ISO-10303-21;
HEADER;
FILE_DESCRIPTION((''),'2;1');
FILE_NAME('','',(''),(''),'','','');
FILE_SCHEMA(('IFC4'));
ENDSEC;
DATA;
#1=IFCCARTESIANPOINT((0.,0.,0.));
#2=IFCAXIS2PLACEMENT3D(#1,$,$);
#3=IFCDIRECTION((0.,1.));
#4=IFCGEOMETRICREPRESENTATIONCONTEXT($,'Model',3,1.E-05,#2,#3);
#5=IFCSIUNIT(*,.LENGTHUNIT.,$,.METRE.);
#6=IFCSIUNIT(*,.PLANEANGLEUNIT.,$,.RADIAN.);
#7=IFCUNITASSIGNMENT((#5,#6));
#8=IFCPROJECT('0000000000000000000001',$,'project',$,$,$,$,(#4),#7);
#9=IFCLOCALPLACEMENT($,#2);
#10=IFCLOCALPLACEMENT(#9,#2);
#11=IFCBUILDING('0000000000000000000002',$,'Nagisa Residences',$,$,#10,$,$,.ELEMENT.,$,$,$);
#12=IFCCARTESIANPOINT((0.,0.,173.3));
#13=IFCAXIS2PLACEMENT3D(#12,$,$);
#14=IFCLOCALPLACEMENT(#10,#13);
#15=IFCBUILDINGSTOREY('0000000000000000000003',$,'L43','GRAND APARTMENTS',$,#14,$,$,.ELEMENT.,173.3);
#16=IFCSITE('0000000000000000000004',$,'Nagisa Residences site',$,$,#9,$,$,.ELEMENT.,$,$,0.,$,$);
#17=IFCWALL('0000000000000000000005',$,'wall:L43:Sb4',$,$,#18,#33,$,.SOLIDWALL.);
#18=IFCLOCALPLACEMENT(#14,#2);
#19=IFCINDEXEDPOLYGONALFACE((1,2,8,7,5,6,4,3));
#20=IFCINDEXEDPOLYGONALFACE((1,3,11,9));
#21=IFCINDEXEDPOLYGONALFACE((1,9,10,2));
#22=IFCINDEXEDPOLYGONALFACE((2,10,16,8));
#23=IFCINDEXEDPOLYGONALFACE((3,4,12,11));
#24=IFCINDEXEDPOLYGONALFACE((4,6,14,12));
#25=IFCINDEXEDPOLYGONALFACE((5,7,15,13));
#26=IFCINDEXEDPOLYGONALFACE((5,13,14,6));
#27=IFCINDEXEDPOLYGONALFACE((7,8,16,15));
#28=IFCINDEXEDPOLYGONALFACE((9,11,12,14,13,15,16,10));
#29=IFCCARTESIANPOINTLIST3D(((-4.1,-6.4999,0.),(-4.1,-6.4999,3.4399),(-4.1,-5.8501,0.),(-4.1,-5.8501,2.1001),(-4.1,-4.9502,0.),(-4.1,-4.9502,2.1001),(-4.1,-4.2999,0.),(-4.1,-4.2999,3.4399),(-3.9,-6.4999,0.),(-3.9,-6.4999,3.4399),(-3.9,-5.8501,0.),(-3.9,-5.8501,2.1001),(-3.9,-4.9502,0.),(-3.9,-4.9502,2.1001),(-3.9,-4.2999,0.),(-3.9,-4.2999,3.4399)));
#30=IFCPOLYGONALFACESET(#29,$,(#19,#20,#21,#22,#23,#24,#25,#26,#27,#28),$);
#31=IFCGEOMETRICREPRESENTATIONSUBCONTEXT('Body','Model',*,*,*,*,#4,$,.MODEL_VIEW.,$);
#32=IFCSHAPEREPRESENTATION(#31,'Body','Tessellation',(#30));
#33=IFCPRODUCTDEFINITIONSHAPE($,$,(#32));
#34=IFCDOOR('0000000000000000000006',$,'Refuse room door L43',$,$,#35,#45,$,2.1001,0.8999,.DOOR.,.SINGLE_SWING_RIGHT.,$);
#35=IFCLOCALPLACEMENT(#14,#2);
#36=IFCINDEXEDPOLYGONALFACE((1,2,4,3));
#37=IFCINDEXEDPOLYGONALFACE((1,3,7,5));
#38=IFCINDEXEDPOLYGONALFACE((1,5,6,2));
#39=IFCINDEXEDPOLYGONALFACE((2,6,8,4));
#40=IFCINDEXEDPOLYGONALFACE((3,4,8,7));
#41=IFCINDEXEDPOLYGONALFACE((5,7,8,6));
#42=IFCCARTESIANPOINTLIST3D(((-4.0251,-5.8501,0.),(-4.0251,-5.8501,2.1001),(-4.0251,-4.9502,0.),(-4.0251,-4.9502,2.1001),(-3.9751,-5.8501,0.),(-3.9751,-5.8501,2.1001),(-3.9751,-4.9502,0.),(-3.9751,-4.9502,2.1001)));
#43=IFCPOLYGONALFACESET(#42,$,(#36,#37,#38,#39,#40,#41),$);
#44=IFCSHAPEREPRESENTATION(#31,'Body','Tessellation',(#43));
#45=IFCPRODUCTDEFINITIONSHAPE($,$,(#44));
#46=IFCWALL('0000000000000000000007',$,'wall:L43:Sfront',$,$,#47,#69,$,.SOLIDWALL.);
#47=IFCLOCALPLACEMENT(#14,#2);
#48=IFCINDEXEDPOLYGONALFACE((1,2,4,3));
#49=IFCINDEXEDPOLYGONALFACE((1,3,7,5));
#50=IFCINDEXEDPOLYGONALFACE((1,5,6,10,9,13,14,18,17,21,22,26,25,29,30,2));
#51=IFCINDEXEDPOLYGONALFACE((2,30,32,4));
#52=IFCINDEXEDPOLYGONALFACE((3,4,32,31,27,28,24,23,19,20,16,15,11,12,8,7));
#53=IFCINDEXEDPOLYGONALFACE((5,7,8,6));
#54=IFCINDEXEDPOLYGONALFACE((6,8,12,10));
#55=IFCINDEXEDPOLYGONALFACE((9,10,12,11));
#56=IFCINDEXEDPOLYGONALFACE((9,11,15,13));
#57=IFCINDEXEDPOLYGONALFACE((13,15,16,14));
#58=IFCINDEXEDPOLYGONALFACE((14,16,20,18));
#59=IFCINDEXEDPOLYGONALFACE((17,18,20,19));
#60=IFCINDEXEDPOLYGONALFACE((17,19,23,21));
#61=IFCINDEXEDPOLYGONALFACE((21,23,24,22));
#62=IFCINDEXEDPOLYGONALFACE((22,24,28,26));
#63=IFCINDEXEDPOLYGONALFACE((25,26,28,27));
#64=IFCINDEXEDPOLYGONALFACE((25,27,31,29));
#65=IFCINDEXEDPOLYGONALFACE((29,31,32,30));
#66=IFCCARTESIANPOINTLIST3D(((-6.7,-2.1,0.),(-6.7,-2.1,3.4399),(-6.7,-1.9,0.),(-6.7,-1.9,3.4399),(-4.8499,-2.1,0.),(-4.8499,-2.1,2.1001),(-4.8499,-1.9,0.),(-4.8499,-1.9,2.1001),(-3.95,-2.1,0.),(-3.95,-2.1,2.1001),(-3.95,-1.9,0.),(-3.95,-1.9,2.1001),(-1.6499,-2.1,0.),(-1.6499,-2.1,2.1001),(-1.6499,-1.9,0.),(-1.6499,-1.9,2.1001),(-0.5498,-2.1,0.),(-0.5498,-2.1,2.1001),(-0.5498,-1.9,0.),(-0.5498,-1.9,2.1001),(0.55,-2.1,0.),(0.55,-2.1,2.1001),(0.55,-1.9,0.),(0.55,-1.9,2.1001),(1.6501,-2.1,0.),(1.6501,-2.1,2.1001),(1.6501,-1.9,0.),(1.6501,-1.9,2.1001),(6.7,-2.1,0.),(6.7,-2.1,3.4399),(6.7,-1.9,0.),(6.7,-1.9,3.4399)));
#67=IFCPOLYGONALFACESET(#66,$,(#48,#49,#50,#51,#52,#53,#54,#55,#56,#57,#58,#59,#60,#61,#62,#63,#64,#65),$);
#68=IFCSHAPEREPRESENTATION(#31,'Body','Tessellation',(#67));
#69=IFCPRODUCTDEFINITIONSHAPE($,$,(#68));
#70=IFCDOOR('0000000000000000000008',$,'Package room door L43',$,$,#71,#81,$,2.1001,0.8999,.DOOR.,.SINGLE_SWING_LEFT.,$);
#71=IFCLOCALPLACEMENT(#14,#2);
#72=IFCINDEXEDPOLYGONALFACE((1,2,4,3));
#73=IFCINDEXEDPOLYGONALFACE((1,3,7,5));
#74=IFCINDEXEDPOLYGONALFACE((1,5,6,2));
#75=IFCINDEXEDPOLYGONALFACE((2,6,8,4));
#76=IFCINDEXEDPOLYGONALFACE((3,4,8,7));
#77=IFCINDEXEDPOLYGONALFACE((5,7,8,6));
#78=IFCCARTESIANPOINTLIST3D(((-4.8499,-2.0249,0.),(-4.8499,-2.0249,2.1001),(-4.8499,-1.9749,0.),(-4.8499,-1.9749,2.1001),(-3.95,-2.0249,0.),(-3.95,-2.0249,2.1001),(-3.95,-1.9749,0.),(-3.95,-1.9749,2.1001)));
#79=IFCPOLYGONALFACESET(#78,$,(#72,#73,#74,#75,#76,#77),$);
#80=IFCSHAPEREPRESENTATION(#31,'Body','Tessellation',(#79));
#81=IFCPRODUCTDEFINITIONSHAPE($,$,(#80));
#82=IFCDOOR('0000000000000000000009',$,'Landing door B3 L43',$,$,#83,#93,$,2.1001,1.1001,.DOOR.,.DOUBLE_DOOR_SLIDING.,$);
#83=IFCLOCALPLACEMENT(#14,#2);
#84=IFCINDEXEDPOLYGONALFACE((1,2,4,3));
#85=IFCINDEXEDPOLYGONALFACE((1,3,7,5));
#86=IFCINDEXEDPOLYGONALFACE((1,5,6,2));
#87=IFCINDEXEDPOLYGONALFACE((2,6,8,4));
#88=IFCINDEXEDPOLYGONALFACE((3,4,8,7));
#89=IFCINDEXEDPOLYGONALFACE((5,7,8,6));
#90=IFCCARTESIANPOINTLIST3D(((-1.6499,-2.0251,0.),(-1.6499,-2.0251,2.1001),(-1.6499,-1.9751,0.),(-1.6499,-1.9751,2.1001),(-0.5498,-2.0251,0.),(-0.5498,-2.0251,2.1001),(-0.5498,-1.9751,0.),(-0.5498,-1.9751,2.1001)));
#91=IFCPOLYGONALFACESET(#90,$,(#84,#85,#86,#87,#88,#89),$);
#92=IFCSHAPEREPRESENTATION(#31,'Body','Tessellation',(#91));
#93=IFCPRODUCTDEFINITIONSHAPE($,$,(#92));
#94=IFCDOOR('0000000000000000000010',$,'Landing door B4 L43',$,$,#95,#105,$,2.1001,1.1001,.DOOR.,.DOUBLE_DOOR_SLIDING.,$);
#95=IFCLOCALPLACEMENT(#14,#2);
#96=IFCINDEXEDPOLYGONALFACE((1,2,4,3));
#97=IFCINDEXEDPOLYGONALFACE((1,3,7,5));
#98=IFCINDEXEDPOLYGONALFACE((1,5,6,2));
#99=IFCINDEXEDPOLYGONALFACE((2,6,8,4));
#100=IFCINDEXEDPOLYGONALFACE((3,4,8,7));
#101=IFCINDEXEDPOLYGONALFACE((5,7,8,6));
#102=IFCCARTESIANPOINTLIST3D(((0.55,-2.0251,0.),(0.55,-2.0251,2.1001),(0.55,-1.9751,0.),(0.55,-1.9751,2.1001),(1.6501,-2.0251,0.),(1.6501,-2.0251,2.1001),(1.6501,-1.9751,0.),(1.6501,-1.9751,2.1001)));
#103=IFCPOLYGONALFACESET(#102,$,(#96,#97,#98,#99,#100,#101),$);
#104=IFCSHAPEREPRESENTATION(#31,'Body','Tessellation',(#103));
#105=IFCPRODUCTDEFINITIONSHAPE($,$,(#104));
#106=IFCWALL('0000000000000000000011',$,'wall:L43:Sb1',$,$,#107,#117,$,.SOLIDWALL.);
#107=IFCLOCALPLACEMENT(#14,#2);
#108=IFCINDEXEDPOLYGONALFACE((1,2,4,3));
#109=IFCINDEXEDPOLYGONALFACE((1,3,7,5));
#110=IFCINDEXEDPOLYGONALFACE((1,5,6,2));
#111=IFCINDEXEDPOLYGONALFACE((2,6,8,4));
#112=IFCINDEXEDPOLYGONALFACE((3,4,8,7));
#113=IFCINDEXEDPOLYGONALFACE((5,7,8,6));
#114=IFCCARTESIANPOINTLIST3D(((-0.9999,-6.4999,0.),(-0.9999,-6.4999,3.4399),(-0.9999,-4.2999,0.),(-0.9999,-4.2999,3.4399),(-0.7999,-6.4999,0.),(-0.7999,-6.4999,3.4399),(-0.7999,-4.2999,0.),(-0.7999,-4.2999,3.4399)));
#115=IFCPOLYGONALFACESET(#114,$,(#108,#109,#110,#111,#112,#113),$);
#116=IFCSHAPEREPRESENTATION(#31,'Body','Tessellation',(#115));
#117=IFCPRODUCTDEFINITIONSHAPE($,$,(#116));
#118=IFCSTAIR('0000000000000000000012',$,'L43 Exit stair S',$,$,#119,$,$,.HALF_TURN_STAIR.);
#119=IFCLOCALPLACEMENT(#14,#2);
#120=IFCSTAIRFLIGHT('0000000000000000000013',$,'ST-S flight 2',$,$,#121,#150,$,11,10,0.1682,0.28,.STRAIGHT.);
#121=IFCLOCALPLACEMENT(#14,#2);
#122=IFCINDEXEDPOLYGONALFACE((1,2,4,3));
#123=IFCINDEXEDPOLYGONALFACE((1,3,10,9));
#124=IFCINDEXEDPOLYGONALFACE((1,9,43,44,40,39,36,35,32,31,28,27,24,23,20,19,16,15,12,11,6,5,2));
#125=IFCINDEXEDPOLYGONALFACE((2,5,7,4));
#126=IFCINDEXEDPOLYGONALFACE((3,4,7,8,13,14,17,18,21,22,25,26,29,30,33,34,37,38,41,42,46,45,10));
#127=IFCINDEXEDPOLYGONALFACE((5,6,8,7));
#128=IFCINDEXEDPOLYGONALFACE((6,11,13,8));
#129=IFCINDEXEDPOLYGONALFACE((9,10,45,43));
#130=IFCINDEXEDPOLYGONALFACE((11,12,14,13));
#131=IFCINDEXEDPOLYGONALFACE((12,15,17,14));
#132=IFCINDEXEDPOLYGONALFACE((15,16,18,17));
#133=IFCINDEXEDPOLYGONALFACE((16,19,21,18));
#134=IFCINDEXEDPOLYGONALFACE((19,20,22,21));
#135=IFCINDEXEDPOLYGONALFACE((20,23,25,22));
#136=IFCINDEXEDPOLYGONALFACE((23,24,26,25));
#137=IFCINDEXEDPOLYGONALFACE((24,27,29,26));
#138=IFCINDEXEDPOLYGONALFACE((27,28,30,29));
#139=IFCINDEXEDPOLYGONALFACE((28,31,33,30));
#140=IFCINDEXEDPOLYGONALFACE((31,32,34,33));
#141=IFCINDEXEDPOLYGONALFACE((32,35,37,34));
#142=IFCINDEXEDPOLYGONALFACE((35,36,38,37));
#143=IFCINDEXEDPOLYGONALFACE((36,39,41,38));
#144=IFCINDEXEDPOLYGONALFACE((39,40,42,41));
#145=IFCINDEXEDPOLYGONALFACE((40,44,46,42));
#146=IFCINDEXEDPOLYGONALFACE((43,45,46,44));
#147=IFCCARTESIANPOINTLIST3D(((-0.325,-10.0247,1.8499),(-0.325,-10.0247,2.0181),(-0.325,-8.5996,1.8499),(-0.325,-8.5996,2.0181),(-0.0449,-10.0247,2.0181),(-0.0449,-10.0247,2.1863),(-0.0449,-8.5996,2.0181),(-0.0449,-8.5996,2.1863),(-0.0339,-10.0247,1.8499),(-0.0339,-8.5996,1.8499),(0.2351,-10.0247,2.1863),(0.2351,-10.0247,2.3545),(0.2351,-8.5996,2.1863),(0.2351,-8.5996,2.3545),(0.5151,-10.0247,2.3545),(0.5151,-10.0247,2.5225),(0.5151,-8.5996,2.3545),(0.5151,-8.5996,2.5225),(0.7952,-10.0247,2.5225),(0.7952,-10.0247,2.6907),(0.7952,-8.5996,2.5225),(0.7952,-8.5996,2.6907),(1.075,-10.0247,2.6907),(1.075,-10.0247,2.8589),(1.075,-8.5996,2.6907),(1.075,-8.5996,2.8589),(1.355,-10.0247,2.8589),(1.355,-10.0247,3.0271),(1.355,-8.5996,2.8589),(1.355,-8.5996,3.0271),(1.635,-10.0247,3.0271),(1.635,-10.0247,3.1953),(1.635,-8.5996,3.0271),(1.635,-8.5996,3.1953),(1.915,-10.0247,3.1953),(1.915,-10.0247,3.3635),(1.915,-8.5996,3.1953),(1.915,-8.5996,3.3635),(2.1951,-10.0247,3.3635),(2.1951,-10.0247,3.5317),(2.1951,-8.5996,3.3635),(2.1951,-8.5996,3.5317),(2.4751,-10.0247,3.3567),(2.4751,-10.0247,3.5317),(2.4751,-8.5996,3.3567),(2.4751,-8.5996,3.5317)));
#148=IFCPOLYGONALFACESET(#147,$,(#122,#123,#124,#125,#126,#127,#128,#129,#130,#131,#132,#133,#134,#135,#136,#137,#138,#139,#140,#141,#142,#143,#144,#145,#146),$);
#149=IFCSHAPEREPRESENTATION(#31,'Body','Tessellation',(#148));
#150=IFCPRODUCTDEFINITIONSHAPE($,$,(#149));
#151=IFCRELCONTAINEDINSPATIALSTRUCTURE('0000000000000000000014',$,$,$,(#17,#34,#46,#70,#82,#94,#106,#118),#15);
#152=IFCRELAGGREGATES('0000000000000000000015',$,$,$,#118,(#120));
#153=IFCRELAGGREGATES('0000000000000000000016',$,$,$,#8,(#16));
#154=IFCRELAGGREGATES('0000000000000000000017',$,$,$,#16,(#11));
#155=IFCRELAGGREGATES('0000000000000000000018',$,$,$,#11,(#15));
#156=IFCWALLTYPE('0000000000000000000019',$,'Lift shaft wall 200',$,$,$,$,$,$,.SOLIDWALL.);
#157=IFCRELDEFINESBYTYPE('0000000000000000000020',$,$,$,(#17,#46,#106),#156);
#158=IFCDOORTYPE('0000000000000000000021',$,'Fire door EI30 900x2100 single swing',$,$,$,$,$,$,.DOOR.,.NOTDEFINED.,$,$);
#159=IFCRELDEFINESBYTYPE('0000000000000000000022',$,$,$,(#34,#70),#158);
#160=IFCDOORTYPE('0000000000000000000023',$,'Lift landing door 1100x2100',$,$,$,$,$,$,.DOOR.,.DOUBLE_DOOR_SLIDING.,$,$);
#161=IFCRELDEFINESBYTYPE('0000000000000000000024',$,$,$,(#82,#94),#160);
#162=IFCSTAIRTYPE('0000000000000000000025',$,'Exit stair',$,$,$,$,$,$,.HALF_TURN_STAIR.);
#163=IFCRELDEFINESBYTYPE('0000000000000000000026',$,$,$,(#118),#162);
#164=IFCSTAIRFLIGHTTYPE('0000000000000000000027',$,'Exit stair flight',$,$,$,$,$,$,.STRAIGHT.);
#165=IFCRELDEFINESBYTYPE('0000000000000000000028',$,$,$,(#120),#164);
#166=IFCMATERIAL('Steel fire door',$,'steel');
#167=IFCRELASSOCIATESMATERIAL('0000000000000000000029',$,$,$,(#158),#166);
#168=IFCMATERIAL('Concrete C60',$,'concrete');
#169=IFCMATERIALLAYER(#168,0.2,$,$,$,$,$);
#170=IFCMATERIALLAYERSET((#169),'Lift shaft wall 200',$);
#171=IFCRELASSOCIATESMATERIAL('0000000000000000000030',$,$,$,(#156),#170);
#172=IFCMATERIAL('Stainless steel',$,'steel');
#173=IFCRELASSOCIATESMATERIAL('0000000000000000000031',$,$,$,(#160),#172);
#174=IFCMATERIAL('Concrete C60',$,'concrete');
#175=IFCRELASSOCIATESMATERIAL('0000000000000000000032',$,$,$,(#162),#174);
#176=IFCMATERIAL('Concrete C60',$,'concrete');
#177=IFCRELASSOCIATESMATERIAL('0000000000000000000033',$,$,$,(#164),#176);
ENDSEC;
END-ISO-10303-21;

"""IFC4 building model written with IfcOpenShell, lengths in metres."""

from ifc_helpers import new_model, si_unit, direction, frame, frame_2d, origin, place, context, subcontext, project, spatial, polyline, rectangle, outline, extrude, material, layer, layer_set, type_object, element, fill, aggregate, save


model = new_model("IFC4")

# Units and contexts
model_context = context("Model", 3, precision=1e-05, world=origin(), true_north=direction((0.0, 1.0)))
body_context = subcontext(model_context, "Body", "Model", "MODEL_VIEW")
ifc_project = project(units=[si_unit("LENGTHUNIT", "METRE"), si_unit("PLANEANGLEUNIT", "RADIAN")], contexts=[model_context])

# Site, building, storey
site_placement = place(None, origin())
site = spatial("IfcSite", under=ifc_project, at=site_placement, Name="Nagisa Residences site", CompositionType="ELEMENT", RefElevation=0.0)
building_placement = place(site_placement, origin())
building = spatial("IfcBuilding", under=site, at=building_placement, Name="Nagisa Residences", CompositionType="ELEMENT")
storey_placement = place(building_placement, frame((0.0, 0.0, 173.3)))
storey = spatial("IfcBuildingStorey", under=building, at=storey_placement, Name="L43", Description="GRAND APARTMENTS", CompositionType="ELEMENT", Elevation=173.3)

# Shared definitions
ifc_material_1 = material(Name="Steel fire door", Category="steel")
door_type_1 = type_object("IfcDoorType", Name="Fire door EI30 900x2100 single swing", OperationType="NOTDEFINED", PredefinedType="DOOR", material=ifc_material_1)

# Wall, opening, door
ifc_material_2 = material(Name="Concrete C60", Category="concrete")
ifc_layer_1 = layer(ifc_material_2, 0.2)
ifc_layer_set_1 = layer_set([ifc_layer_1], Name="Lift shaft wall 200")
wall_type_1 = type_object("IfcWallType", Name="Lift shaft wall 200", PredefinedType="SOLIDWALL", material=ifc_layer_set_1)
wall_1_placement = place(storey_placement, frame((-4.0, -6.5, 0.0), z_axis=(0.0, 0.0, 1.0), x_axis=(0.0, 1.0, 0.0)))
wall_1 = element("IfcWall", 1, at=wall_1_placement, inside=storey, type_object=wall_type_1, Name="wall:L43:Sb4", PredefinedType="SOLIDWALL", context=body_context, shape_type="SweptSolid", body=[
    extrude(rectangle(XDim=2.2, YDim=0.2, at=frame_2d((1.1001, 0.0))), origin(), (0.0, 0.0, 1.0), 3.4399),
])
opening_1_placement = place(wall_1_placement, frame((0.6499, 0.0, 0.0)))
opening_1 = element("IfcOpeningElement", 2, at=opening_1_placement, cuts=wall_1, PredefinedType="OPENING", context=body_context, shape_type="SweptSolid", body=[
    extrude(rectangle(XDim=0.8999, YDim=2.1001, at=frame_2d((0.45, 1.05))), frame((0.0, 0.1099, 0.0), z_axis=(0.0, -1.0, 0.0), x_axis=(1.0, 0.0, 0.0)), (0.0, 0.0, 1.0), 0.22),
])
door_1_placement = place(opening_1_placement, frame((0.8999, 0.0, 0.0), x_axis=(-1.0, 0.0, 0.0)))
door_1 = element("IfcDoor", 3, at=door_1_placement, inside=storey, type_object=door_type_1, Name="Refuse room door L43", OperationType="SINGLE_SWING_RIGHT", OverallHeight=2.1001, OverallWidth=0.8999, PredefinedType="DOOR", context=body_context, shape_type="SweptSolid", body=[
    extrude(rectangle(XDim=0.8999, YDim=2.1001, at=frame_2d((0.45, 1.05))), frame((0.0, 0.0249, 0.0), z_axis=(0.0, -1.0, 0.0), x_axis=(1.0, 0.0, 0.0)), (0.0, 0.0, 1.0), 0.05),
])
fill(opening_1, door_1)

# Wall, openings, doors
wall_2_placement = place(storey_placement, frame((-6.7, -2.0, 0.0), z_axis=(0.0, 0.0, 1.0), x_axis=(1.0, 0.0, 0.0)))
wall_2 = element("IfcWall", 4, at=wall_2_placement, inside=storey, type_object=wall_type_1, Name="wall:L43:Sfront", PredefinedType="SOLIDWALL", context=body_context, shape_type="SweptSolid", body=[
    extrude(rectangle(XDim=13.3999, YDim=0.2, at=frame_2d((6.7, 0.0))), origin(), (0.0, 0.0, 1.0), 3.4399),
])
opening_2_placement = place(wall_2_placement, frame((5.05, 0.0, 0.0)))
opening_2 = element("IfcOpeningElement", 5, at=opening_2_placement, cuts=wall_2, PredefinedType="OPENING", context=body_context, shape_type="SweptSolid", body=[
    extrude(rectangle(XDim=1.1001, YDim=2.1001, at=frame_2d((0.55, 1.05))), frame((0.0, 0.1099, 0.0), z_axis=(0.0, -1.0, 0.0), x_axis=(1.0, 0.0, 0.0)), (0.0, 0.0, 1.0), 0.22),
])
opening_3_placement = place(wall_2_placement, frame((7.25, 0.0, 0.0)))
opening_3 = element("IfcOpeningElement", 6, at=opening_3_placement, cuts=wall_2, PredefinedType="OPENING", context=body_context, shape_type="SweptSolid", body=[
    extrude(rectangle(XDim=1.1001, YDim=2.1001, at=frame_2d((0.55, 1.05))), frame((0.0, 0.1099, 0.0), z_axis=(0.0, -1.0, 0.0), x_axis=(1.0, 0.0, 0.0)), (0.0, 0.0, 1.0), 0.22),
])
opening_4_placement = place(wall_2_placement, frame((1.8501, 0.0, 0.0)))
opening_4 = element("IfcOpeningElement", 7, at=opening_4_placement, cuts=wall_2, PredefinedType="OPENING", context=body_context, shape_type="SweptSolid", body=[
    extrude(rectangle(XDim=0.8999, YDim=2.1001, at=frame_2d((0.45, 1.05))), frame((0.0, 0.1099, 0.0), z_axis=(0.0, -1.0, 0.0), x_axis=(1.0, 0.0, 0.0)), (0.0, 0.0, 1.0), 0.22),
])
door_2_placement = place(opening_4_placement, frame((0.8999, 0.0, 0.0), x_axis=(-1.0, 0.0, 0.0)))
door_2 = element("IfcDoor", 8, at=door_2_placement, inside=storey, type_object=door_type_1, Name="Package room door L43", OperationType="SINGLE_SWING_LEFT", OverallHeight=2.1001, OverallWidth=0.8999, PredefinedType="DOOR", context=body_context, shape_type="SweptSolid", body=[
    extrude(rectangle(XDim=0.8999, YDim=2.1001, at=frame_2d((0.45, 1.05))), frame((0.0, 0.0249, 0.0), z_axis=(0.0, -1.0, 0.0), x_axis=(1.0, 0.0, 0.0)), (0.0, 0.0, 1.0), 0.05),
])
fill(opening_4, door_2)
ifc_material_3 = material(Name="Stainless steel", Category="steel")
door_type_2 = type_object("IfcDoorType", Name="Lift landing door 1100x2100", OperationType="DOUBLE_DOOR_SLIDING", PredefinedType="DOOR", material=ifc_material_3)
door_3_placement = place(opening_2_placement, origin())
door_3 = element("IfcDoor", 9, at=door_3_placement, inside=storey, type_object=door_type_2, Name="Landing door B3 L43", OperationType="DOUBLE_DOOR_SLIDING", OverallHeight=2.1001, OverallWidth=1.1001, PredefinedType="DOOR", context=body_context, shape_type="SweptSolid", body=[
    extrude(rectangle(XDim=1.1001, YDim=2.1001, at=frame_2d((0.55, 1.05))), frame((0.0, 0.0249, 0.0), z_axis=(0.0, -1.0, 0.0), x_axis=(1.0, 0.0, 0.0)), (0.0, 0.0, 1.0), 0.05),
])
fill(opening_2, door_3)
door_4_placement = place(opening_3_placement, origin())
door_4 = element("IfcDoor", 10, at=door_4_placement, inside=storey, type_object=door_type_2, Name="Landing door B4 L43", OperationType="DOUBLE_DOOR_SLIDING", OverallHeight=2.1001, OverallWidth=1.1001, PredefinedType="DOOR", context=body_context, shape_type="SweptSolid", body=[
    extrude(rectangle(XDim=1.1001, YDim=2.1001, at=frame_2d((0.55, 1.05))), frame((0.0, 0.0249, 0.0), z_axis=(0.0, -1.0, 0.0), x_axis=(1.0, 0.0, 0.0)), (0.0, 0.0, 1.0), 0.05),
])
fill(opening_3, door_4)

# Wall
wall_3_placement = place(storey_placement, frame((-0.8999, -6.5, 0.0), z_axis=(0.0, 0.0, 1.0), x_axis=(0.0, 1.0, 0.0)))
element("IfcWall", 11, at=wall_3_placement, inside=storey, type_object=wall_type_1, Name="wall:L43:Sb1", PredefinedType="SOLIDWALL", context=body_context, shape_type="SweptSolid", body=[
    extrude(rectangle(XDim=2.2, YDim=0.2, at=frame_2d((1.1001, 0.0))), origin(), (0.0, 0.0, 1.0), 3.4399),
])

# Stair, stair flight
ifc_material_4 = material(Name="Concrete C60", Category="concrete")
stair_type = type_object("IfcStairType", Name="Exit stair", PredefinedType="HALF_TURN_STAIR", material=ifc_material_4)
stair_placement = place(storey_placement, origin())
stair = element("IfcStair", 12, at=stair_placement, inside=storey, type_object=stair_type, Name="L43 Exit stair S", PredefinedType="HALF_TURN_STAIR")
ifc_material_5 = material(Name="Concrete C60", Category="concrete")
stair_flight_type = type_object("IfcStairFlightType", Name="Exit stair flight", PredefinedType="STRAIGHT", material=ifc_material_5)
stair_flight_placement = place(storey_placement, frame((-0.325, -9.312, 1.8499), z_axis=(0.0, 0.0, 1.0), x_axis=(1.0, 0.0, 0.0)))
stair_flight = element("IfcStairFlight", 13, at=stair_flight_placement, type_object=stair_flight_type, Name="ST-S flight 2", NumberOfRisers=11, NumberOfTreads=10, PredefinedType="STRAIGHT", RiserHeight=0.1682, TreadLength=0.28, context=body_context, shape_type="SweptSolid", body=[
    extrude(outline(polyline([(0.0, 0.0), (0.0, 0.1682), (0.28, 0.1682), (0.28, 0.3364), (0.5601, 0.3364), (0.5601, 0.5046), (0.8401, 0.5046), (0.8401, 0.6726), (1.1201, 0.6726), (1.1201, 0.8408), (1.3999, 0.8408), (1.3999, 1.009), (1.6799, 1.009), (1.6799, 1.1772), (1.96, 1.1772), (1.96, 1.3455), (2.24, 1.3455), (2.24, 1.5137), (2.52, 1.5137), (2.52, 1.6819), (2.8, 1.6819), (2.8, 1.8501), (2.8, 1.5068), (0.291, 0.0), (0.0, 0.0)])), frame((0.0, 0.7124, 0.0), z_axis=(0.0, -1.0, 0.0), x_axis=(1.0, 0.0, 0.0)), (0.0, 0.0, 1.0), 1.425),
])
aggregate(stair, [stair_flight])

save(model, "model.ifc")
